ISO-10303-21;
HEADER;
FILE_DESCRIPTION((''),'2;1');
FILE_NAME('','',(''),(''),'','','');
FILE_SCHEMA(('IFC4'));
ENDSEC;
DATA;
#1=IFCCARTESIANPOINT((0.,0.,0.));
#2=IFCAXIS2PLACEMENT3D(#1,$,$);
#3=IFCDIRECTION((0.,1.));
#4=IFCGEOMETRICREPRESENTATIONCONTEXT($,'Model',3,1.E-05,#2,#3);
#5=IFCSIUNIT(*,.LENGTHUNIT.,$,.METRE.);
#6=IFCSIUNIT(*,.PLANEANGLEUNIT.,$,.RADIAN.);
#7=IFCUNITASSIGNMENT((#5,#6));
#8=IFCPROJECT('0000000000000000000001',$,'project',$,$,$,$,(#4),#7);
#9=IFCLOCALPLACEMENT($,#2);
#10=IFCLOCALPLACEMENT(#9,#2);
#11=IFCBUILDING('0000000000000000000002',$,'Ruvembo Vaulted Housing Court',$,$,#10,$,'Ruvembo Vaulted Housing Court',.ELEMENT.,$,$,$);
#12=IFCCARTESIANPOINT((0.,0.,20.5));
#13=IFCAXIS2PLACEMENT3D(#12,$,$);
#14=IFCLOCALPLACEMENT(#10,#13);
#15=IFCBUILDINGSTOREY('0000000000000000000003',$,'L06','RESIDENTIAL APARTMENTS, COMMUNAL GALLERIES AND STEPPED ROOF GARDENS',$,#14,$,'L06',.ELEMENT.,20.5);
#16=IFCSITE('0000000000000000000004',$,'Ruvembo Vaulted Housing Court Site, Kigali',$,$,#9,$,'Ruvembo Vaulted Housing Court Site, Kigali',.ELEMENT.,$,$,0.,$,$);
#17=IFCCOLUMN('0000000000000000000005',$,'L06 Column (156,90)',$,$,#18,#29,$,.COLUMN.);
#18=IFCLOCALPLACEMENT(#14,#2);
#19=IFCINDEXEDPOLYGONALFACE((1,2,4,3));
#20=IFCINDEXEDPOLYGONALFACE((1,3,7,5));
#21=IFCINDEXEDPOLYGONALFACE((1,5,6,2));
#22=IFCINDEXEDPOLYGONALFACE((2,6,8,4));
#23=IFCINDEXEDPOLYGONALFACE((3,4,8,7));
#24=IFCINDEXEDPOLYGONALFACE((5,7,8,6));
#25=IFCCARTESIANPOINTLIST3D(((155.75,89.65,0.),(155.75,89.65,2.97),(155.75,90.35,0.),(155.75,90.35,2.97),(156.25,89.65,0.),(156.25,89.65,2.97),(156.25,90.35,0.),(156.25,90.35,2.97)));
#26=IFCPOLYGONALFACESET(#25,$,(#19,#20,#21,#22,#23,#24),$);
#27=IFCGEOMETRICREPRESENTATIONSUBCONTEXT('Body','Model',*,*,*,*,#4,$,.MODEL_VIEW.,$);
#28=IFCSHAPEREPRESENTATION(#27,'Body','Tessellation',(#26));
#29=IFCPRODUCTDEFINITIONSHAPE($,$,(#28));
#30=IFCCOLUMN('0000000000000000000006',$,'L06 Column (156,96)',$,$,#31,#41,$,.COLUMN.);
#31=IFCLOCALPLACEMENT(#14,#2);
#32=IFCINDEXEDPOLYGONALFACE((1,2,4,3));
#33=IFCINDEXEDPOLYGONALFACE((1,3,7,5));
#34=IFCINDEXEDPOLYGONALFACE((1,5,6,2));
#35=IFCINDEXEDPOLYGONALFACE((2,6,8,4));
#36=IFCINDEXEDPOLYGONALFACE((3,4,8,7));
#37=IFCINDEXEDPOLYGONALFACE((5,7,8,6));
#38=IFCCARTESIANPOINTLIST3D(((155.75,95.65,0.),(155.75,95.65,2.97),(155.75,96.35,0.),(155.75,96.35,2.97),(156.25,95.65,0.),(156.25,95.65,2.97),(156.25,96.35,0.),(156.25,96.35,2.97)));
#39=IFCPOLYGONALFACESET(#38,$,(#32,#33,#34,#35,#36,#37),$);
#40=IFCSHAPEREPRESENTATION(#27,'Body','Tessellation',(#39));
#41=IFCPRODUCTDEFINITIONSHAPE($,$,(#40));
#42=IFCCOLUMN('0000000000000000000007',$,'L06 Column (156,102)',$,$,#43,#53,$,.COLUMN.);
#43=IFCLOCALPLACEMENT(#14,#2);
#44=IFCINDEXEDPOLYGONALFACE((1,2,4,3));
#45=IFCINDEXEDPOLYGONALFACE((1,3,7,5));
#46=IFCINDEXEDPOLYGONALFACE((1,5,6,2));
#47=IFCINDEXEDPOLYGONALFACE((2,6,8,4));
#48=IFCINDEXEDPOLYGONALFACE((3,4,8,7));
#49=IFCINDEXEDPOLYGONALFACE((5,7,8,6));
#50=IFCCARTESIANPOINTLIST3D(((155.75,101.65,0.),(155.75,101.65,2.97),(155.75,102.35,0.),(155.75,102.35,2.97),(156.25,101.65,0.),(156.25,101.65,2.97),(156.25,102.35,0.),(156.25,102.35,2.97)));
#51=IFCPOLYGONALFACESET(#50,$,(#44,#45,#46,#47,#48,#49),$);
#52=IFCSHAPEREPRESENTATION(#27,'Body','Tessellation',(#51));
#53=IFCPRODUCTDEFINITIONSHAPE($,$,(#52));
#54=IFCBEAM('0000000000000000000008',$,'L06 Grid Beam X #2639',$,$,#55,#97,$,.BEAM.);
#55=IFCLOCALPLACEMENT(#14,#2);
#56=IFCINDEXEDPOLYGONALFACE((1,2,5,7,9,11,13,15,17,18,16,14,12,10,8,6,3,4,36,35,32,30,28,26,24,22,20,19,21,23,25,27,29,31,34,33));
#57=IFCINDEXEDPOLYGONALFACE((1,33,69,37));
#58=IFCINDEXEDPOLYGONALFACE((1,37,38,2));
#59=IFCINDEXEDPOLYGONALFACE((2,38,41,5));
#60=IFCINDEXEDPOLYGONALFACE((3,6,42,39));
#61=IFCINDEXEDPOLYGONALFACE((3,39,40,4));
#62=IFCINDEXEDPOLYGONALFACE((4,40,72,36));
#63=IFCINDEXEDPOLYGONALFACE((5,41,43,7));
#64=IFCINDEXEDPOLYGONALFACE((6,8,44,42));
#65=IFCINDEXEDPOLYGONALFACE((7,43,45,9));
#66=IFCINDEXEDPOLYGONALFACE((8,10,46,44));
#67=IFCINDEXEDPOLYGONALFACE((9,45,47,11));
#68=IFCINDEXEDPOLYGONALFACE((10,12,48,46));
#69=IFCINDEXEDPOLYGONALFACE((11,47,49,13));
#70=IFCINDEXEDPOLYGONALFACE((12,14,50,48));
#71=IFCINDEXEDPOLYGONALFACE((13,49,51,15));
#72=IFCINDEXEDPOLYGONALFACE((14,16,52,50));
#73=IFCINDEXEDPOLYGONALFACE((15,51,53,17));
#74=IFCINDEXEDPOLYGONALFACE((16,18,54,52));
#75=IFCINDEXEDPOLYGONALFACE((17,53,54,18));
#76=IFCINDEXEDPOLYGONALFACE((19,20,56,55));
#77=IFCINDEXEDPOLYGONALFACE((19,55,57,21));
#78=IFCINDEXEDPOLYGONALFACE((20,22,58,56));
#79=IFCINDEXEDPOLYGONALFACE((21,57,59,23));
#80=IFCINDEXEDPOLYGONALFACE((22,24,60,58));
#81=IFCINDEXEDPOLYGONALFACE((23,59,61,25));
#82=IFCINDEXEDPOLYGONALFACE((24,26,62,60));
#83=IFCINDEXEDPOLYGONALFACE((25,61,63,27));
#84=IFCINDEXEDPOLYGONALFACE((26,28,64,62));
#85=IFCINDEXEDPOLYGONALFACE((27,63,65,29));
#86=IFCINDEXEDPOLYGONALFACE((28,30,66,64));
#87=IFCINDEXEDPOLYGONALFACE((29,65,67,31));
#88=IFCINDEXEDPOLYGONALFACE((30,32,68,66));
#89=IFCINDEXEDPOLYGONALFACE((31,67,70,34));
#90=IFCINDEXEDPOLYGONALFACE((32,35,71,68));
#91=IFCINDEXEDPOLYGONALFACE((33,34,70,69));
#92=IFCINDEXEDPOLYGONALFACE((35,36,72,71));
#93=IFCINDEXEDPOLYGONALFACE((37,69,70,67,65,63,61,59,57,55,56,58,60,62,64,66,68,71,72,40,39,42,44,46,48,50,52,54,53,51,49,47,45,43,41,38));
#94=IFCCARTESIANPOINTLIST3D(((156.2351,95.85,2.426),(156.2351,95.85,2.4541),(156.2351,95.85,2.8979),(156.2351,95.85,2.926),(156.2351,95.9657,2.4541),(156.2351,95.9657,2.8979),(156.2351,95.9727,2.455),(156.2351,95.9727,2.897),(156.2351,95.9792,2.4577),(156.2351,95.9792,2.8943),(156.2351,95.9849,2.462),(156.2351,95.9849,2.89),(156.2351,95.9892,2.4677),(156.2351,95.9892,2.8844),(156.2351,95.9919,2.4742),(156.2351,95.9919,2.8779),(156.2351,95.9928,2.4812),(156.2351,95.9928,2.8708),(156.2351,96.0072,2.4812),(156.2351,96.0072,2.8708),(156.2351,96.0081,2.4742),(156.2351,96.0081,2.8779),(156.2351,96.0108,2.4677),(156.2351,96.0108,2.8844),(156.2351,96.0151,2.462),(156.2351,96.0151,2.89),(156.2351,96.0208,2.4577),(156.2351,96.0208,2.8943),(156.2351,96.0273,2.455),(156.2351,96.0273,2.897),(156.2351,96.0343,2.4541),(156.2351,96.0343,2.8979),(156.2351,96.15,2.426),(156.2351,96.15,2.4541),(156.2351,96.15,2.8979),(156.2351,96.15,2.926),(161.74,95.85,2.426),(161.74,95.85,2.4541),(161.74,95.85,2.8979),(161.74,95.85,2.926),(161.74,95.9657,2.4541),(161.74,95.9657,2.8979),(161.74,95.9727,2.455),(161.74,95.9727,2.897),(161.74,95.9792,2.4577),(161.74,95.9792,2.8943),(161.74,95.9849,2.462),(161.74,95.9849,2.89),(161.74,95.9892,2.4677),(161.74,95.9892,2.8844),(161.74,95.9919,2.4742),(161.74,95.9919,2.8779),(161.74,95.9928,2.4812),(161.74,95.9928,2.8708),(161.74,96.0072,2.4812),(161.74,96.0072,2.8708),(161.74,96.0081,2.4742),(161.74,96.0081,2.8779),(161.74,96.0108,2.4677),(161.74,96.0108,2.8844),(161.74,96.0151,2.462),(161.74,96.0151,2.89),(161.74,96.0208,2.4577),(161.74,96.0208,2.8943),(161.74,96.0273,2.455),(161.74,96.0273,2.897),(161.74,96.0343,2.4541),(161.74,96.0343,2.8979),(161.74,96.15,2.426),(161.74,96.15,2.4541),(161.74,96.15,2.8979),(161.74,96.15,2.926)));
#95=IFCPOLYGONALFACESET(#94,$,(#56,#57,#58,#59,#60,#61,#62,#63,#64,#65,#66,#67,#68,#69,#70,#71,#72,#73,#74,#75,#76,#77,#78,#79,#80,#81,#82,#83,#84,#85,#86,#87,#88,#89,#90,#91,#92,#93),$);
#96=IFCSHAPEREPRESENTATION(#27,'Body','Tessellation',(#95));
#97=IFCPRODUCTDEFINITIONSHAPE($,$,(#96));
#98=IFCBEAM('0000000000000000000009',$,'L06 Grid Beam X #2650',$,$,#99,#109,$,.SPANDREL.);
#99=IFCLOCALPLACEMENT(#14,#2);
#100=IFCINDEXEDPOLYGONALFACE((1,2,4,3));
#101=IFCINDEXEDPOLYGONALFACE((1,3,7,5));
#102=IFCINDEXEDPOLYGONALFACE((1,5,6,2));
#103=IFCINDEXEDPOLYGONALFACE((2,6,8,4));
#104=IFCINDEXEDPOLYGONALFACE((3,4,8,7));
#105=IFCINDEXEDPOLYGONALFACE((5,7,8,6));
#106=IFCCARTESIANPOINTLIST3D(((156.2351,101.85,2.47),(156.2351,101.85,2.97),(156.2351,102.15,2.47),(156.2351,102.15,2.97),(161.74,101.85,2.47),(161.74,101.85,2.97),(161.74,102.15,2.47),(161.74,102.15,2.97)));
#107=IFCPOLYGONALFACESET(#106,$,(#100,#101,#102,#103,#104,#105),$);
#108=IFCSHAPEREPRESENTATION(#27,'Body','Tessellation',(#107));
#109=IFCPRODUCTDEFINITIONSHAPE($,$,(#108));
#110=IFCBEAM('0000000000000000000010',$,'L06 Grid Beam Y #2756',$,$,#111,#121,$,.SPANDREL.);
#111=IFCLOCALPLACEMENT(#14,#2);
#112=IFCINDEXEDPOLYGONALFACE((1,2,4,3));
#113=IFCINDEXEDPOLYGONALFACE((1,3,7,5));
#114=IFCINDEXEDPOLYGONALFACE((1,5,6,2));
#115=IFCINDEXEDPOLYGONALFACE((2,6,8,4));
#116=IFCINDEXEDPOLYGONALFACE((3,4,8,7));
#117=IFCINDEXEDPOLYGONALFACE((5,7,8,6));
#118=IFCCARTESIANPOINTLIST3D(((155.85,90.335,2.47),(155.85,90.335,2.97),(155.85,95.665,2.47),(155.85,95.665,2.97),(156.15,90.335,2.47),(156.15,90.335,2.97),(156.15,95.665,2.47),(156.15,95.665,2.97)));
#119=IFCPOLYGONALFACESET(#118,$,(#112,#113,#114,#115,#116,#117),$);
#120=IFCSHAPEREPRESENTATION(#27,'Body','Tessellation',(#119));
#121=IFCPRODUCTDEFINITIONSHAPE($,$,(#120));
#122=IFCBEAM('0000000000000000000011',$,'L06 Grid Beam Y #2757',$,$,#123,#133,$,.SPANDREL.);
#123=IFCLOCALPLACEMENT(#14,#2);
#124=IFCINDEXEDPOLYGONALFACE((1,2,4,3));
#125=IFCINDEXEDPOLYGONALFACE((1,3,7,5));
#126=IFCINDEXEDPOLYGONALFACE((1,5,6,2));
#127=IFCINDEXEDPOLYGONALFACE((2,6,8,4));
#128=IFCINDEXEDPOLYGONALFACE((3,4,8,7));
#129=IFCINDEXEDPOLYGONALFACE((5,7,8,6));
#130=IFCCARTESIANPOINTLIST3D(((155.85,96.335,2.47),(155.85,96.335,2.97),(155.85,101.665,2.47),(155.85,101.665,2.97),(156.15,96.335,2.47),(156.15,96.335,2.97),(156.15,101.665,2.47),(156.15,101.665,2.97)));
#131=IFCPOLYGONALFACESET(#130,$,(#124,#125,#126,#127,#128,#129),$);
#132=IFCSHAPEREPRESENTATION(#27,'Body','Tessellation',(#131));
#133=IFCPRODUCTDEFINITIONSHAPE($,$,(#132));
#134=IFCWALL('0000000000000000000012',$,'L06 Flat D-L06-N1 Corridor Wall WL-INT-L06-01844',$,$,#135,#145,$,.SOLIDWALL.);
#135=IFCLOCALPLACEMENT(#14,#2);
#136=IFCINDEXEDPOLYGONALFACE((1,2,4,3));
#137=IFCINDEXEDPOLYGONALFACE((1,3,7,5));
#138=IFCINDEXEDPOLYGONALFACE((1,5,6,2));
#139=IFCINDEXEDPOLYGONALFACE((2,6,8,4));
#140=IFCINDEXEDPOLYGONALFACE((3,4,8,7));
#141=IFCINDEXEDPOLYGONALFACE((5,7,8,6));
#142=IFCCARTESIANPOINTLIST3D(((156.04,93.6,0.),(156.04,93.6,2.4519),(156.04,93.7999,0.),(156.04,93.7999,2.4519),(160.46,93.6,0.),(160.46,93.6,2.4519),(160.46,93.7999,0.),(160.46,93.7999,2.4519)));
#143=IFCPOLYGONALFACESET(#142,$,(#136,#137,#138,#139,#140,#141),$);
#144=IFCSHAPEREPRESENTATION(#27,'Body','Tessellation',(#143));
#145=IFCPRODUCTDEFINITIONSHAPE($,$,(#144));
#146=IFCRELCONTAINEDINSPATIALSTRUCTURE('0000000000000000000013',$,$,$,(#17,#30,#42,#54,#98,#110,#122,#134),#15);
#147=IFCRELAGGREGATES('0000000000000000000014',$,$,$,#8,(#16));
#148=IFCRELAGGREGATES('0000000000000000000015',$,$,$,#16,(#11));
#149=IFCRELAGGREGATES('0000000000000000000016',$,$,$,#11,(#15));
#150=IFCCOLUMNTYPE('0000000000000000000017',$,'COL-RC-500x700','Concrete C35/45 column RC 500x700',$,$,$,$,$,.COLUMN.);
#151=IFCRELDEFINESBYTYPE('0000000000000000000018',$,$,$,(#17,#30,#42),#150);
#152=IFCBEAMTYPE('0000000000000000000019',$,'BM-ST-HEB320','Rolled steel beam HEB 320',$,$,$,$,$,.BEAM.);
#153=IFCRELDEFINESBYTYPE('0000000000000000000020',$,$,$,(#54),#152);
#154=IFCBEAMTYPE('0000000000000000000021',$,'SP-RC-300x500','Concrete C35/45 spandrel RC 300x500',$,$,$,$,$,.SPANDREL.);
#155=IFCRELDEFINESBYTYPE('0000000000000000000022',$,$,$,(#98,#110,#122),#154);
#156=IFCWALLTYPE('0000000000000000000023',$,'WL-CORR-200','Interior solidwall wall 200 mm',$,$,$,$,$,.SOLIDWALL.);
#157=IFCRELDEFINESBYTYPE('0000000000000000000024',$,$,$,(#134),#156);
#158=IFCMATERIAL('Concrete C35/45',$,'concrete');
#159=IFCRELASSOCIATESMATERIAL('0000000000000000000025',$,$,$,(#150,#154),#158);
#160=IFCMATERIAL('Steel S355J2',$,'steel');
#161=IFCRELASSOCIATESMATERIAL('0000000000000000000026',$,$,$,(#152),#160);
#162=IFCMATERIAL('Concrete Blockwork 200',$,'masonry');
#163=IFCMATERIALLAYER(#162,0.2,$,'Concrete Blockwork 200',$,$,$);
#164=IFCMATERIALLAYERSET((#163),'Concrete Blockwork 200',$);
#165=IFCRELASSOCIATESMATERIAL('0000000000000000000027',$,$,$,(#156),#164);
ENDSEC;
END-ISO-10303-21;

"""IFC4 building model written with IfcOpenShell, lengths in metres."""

from ifc_helpers import new_model, si_unit, direction, frame, frame_2d, origin, origin_2d, place, context, subcontext, project, spatial, rectangle, i_section, extrude, material, layer, layer_set, material_profile, profile_set, type_object, element, save


model = new_model("IFC4")

# Units and contexts
model_context = context("Model", 3, precision=1e-05, world=origin(), true_north=direction((0.0, 1.0)))
body_context = subcontext(model_context, "Body", "Model", "MODEL_VIEW")
ifc_project = project(units=[si_unit("LENGTHUNIT", "METRE"), si_unit("PLANEANGLEUNIT", "RADIAN")], contexts=[model_context])

# Site, building, storey
site_placement = place(None, origin())
site = spatial("IfcSite", under=ifc_project, at=site_placement, Name="Ruvembo Vaulted Housing Court Site, Kigali", LongName="Ruvembo Vaulted Housing Court Site, Kigali", CompositionType="ELEMENT", RefElevation=0.0)
building_placement = place(site_placement, origin())
building = spatial("IfcBuilding", under=site, at=building_placement, Name="Ruvembo Vaulted Housing Court", LongName="Ruvembo Vaulted Housing Court", CompositionType="ELEMENT")
storey_placement = place(building_placement, frame((0.0, 0.0, 20.5)))
storey = spatial("IfcBuildingStorey", under=building, at=storey_placement, Name="L06", Description="RESIDENTIAL APARTMENTS, COMMUNAL GALLERIES AND STEPPED ROOF GARDENS", LongName="L06", CompositionType="ELEMENT", Elevation=20.5)

# Columns
ifc_material_1 = material(Name="Concrete C35/45", Category="concrete")
ifc_material_profile_1 = material_profile(ifc_material_1, rectangle(XDim=0.5, YDim=0.7, at=origin_2d()), Name="RC 500x700")
ifc_profile_set_1 = profile_set([ifc_material_profile_1], Name="Concrete C35/45")
column_type = type_object("IfcColumnType", Name="COL-RC-500x700", Description="Concrete C35/45 column RC 500x700", PredefinedType="COLUMN", material=ifc_profile_set_1)
for number, where, z_axis, x_axis, name in (
    (1, (156.0, 90.0, 0.0), (0.0, 0.0, 1.0), (1.0, 0.0, 0.0), "L06 Column (156,90)"),
    (2, (156.0, 96.0, 0.0), (0.0, 0.0, 1.0), (1.0, 0.0, 0.0), "L06 Column (156,96)"),
    (3, (156.0, 102.0, 0.0), (0.0, 0.0, 1.0), (1.0, 0.0, 0.0), "L06 Column (156,102)"),
):
    element("IfcColumn", number, at=place(storey_placement, frame(where, z_axis=z_axis, x_axis=x_axis)), inside=storey, type_object=column_type, Name=name, PredefinedType="COLUMN", context=body_context, shape_type="SweptSolid", body=[
        extrude(rectangle(XDim=0.5, YDim=0.7, at=origin_2d()), origin(), (0.0, 0.0, 1.0), 2.97),
    ])

# Beams
ifc_material_2 = material(Name="Steel S355J2", Category="steel")
ifc_material_profile_2 = material_profile(ifc_material_2, i_section(OverallWidth=0.3, OverallDepth=0.5, WebThickness=0.0144, FlangeThickness=0.0281, FilletRadius=0.0271, at=origin_2d()), Name="HEB 320")
ifc_profile_set_2 = profile_set([ifc_material_profile_2], Name="Steel S355J2")
beam_type_1 = type_object("IfcBeamType", Name="BM-ST-HEB320", Description="Rolled steel beam HEB 320", PredefinedType="BEAM", material=ifc_profile_set_2)
beam_1_placement = place(storey_placement, frame((156.2351, 96.0, 2.676), z_axis=(1.0, 0.0, 0.0), x_axis=(0.0, 1.0, 0.0)))
element("IfcBeam", 4, at=beam_1_placement, inside=storey, type_object=beam_type_1, Name="L06 Grid Beam X #2639", PredefinedType="BEAM", context=body_context, shape_type="SweptSolid", body=[
    extrude(i_section(OverallWidth=0.3, OverallDepth=0.5, WebThickness=0.0144, FlangeThickness=0.0281, FilletRadius=0.0271, at=origin_2d()), origin(), (0.0, 0.0, 1.0), 5.5049),
])
ifc_material_profile_3 = material_profile(ifc_material_1, rectangle(XDim=0.3, YDim=0.5, at=origin_2d()), Name="RC 300x500")
ifc_profile_set_3 = profile_set([ifc_material_profile_3], Name="Concrete C35/45")
beam_type_2 = type_object("IfcBeamType", Name="SP-RC-300x500", Description="Concrete C35/45 spandrel RC 300x500", PredefinedType="SPANDREL", material=ifc_profile_set_3)
beam_2_placement = place(storey_placement, frame((156.2351, 102.0, 2.72), z_axis=(1.0, 0.0, 0.0), x_axis=(0.0, 1.0, 0.0)))
element("IfcBeam", 5, at=beam_2_placement, inside=storey, type_object=beam_type_2, Name="L06 Grid Beam X #2650", PredefinedType="SPANDREL", context=body_context, shape_type="SweptSolid", body=[
    extrude(rectangle(XDim=0.3, YDim=0.5, at=origin_2d()), origin(), (0.0, 0.0, 1.0), 5.5049),
])
for number, where, z_axis, x_axis, name in (
    (6, (156.0, 90.335, 2.72), (0.0, 1.0, 0.0), (-1.0, 0.0, 0.0), "L06 Grid Beam Y #2756"),
    (7, (156.0, 96.335, 2.72), (0.0, 1.0, 0.0), (-1.0, 0.0, 0.0), "L06 Grid Beam Y #2757"),
):
    element("IfcBeam", number, at=place(storey_placement, frame(where, z_axis=z_axis, x_axis=x_axis)), inside=storey, type_object=beam_type_2, Name=name, PredefinedType="SPANDREL", context=body_context, shape_type="SweptSolid", body=[
        extrude(rectangle(XDim=0.3, YDim=0.5, at=origin_2d()), origin(), (0.0, 0.0, 1.0), 5.3301),
    ])

# Wall
ifc_material_3 = material(Name="Concrete Blockwork 200", Category="masonry")
ifc_layer_1 = layer(ifc_material_3, 0.2, Name="Concrete Blockwork 200")
ifc_layer_set_1 = layer_set([ifc_layer_1], Name="Concrete Blockwork 200")
wall_type_1 = type_object("IfcWallType", Name="WL-CORR-200", Description="Interior solidwall wall 200 mm", PredefinedType="SOLIDWALL", material=ifc_layer_set_1)
wall_1_placement = place(storey_placement, frame((156.04, 93.7, 0.0), z_axis=(0.0, 0.0, 1.0), x_axis=(1.0, 0.0, 0.0)))
element("IfcWall", 8, at=wall_1_placement, inside=storey, type_object=wall_type_1, Name="L06 Flat D-L06-N1 Corridor Wall WL-INT-L06-01844", PredefinedType="SOLIDWALL", context=body_context, shape_type="SweptSolid", body=[
    extrude(rectangle(XDim=4.4199, YDim=0.2, at=frame_2d((2.21, 0.0))), origin(), (0.0, 0.0, 1.0), 2.4519),
])

save(model, "model.ifc")
